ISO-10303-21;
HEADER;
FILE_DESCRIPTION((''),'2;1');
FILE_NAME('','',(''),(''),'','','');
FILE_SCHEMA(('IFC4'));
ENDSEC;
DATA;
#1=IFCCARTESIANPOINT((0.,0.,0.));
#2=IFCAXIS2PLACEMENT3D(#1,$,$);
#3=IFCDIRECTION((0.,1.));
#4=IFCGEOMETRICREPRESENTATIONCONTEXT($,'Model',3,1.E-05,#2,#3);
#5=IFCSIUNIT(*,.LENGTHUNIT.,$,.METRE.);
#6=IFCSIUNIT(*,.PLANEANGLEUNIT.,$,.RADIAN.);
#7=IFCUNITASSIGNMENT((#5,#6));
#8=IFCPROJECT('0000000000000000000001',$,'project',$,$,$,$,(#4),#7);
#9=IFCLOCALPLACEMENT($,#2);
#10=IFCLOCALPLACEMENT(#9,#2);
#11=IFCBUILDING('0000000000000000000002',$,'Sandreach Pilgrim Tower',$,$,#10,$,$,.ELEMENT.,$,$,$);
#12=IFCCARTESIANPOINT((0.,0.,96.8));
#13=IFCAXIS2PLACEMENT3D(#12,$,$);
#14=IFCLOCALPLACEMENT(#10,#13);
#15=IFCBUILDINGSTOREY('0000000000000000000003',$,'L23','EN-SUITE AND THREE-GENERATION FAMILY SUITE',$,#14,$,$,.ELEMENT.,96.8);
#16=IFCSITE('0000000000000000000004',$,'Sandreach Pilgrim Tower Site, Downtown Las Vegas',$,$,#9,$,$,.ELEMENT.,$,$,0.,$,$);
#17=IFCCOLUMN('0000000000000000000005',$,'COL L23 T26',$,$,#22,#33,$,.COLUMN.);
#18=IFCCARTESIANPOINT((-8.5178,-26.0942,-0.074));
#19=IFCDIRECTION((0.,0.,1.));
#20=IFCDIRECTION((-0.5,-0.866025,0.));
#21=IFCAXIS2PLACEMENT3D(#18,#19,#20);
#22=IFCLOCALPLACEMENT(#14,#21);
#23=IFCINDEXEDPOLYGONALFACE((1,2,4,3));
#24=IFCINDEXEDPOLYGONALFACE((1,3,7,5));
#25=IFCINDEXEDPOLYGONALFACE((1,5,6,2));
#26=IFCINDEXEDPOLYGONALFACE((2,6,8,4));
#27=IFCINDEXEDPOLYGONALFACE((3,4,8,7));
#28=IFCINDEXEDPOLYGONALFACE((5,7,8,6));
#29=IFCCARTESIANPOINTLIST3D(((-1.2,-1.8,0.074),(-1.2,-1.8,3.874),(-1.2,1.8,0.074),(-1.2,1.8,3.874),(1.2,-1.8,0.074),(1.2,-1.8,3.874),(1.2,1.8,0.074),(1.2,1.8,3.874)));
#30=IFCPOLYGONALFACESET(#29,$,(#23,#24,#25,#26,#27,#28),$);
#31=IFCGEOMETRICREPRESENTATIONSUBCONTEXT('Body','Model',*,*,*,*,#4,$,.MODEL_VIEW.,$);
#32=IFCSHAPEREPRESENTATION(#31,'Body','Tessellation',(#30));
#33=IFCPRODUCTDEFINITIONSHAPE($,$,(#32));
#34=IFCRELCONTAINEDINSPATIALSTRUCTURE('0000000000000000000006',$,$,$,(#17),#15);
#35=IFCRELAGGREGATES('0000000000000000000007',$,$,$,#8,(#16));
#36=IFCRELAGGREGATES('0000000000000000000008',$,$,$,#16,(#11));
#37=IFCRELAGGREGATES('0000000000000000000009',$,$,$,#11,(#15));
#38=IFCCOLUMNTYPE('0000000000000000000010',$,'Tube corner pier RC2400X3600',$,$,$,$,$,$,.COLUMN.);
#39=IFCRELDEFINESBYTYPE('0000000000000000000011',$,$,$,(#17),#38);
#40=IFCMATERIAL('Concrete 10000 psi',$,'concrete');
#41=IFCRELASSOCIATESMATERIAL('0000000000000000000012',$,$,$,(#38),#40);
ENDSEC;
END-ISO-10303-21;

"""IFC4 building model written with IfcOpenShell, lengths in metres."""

from ifc_helpers import new_model, si_unit, direction, frame, origin, origin_2d, place, context, subcontext, project, spatial, rectangle, extrude, clip, halfspace, material, material_profile, profile_set, type_object, element, save


model = new_model("IFC4")

# Units and contexts
model_context = context("Model", 3, precision=1e-05, world=origin(), true_north=direction((0.0, 1.0)))
body_context = subcontext(model_context, "Body", "Model", "MODEL_VIEW")
ifc_project = project(units=[si_unit("LENGTHUNIT", "METRE"), si_unit("PLANEANGLEUNIT", "RADIAN")], contexts=[model_context])

# Site, building, storey
site_placement = place(None, origin())
site = spatial("IfcSite", under=ifc_project, at=site_placement, Name="Sandreach Pilgrim Tower Site, Downtown Las Vegas", CompositionType="ELEMENT", RefElevation=0.0)
building_placement = place(site_placement, origin())
building = spatial("IfcBuilding", under=site, at=building_placement, Name="Sandreach Pilgrim Tower", CompositionType="ELEMENT")
storey_placement = place(building_placement, frame((0.0, 0.0, 96.8)))
storey = spatial("IfcBuildingStorey", under=building, at=storey_placement, Name="L23", Description="EN-SUITE AND THREE-GENERATION FAMILY SUITE", CompositionType="ELEMENT", Elevation=96.8)

# Column
ifc_material_1 = material(Name="Concrete 10000 psi", Category="concrete")
ifc_material_profile_1 = material_profile(ifc_material_1, rectangle(XDim=2.3999, YDim=3.6001, at=origin_2d()), Name="RC2400X3600")
ifc_profile_set_1 = profile_set([ifc_material_profile_1], Name="Concrete 10000 psi")
column_type = type_object("IfcColumnType", Name="Tube corner pier RC2400X3600", PredefinedType="COLUMN", material=ifc_profile_set_1)
column_placement = place(storey_placement, frame((-8.5178, -26.0942, -0.074), z_axis=(0.0, 0.0, 1.0), x_axis=(-0.5, -0.866025, 0.0)))
element("IfcColumn", 1, at=column_placement, inside=storey, type_object=column_type, Name="COL L23 T26", PredefinedType="COLUMN", context=body_context, shape_type="SweptSolid", body=[
    clip(extrude(rectangle(XDim=2.3999, YDim=3.6001, at=origin_2d()), origin(), (0.0, 0.0, 1.0), 3.874), halfspace(frame((0.0, 0.0, 0.074)), True)),
])

save(model, "model.ifc")
